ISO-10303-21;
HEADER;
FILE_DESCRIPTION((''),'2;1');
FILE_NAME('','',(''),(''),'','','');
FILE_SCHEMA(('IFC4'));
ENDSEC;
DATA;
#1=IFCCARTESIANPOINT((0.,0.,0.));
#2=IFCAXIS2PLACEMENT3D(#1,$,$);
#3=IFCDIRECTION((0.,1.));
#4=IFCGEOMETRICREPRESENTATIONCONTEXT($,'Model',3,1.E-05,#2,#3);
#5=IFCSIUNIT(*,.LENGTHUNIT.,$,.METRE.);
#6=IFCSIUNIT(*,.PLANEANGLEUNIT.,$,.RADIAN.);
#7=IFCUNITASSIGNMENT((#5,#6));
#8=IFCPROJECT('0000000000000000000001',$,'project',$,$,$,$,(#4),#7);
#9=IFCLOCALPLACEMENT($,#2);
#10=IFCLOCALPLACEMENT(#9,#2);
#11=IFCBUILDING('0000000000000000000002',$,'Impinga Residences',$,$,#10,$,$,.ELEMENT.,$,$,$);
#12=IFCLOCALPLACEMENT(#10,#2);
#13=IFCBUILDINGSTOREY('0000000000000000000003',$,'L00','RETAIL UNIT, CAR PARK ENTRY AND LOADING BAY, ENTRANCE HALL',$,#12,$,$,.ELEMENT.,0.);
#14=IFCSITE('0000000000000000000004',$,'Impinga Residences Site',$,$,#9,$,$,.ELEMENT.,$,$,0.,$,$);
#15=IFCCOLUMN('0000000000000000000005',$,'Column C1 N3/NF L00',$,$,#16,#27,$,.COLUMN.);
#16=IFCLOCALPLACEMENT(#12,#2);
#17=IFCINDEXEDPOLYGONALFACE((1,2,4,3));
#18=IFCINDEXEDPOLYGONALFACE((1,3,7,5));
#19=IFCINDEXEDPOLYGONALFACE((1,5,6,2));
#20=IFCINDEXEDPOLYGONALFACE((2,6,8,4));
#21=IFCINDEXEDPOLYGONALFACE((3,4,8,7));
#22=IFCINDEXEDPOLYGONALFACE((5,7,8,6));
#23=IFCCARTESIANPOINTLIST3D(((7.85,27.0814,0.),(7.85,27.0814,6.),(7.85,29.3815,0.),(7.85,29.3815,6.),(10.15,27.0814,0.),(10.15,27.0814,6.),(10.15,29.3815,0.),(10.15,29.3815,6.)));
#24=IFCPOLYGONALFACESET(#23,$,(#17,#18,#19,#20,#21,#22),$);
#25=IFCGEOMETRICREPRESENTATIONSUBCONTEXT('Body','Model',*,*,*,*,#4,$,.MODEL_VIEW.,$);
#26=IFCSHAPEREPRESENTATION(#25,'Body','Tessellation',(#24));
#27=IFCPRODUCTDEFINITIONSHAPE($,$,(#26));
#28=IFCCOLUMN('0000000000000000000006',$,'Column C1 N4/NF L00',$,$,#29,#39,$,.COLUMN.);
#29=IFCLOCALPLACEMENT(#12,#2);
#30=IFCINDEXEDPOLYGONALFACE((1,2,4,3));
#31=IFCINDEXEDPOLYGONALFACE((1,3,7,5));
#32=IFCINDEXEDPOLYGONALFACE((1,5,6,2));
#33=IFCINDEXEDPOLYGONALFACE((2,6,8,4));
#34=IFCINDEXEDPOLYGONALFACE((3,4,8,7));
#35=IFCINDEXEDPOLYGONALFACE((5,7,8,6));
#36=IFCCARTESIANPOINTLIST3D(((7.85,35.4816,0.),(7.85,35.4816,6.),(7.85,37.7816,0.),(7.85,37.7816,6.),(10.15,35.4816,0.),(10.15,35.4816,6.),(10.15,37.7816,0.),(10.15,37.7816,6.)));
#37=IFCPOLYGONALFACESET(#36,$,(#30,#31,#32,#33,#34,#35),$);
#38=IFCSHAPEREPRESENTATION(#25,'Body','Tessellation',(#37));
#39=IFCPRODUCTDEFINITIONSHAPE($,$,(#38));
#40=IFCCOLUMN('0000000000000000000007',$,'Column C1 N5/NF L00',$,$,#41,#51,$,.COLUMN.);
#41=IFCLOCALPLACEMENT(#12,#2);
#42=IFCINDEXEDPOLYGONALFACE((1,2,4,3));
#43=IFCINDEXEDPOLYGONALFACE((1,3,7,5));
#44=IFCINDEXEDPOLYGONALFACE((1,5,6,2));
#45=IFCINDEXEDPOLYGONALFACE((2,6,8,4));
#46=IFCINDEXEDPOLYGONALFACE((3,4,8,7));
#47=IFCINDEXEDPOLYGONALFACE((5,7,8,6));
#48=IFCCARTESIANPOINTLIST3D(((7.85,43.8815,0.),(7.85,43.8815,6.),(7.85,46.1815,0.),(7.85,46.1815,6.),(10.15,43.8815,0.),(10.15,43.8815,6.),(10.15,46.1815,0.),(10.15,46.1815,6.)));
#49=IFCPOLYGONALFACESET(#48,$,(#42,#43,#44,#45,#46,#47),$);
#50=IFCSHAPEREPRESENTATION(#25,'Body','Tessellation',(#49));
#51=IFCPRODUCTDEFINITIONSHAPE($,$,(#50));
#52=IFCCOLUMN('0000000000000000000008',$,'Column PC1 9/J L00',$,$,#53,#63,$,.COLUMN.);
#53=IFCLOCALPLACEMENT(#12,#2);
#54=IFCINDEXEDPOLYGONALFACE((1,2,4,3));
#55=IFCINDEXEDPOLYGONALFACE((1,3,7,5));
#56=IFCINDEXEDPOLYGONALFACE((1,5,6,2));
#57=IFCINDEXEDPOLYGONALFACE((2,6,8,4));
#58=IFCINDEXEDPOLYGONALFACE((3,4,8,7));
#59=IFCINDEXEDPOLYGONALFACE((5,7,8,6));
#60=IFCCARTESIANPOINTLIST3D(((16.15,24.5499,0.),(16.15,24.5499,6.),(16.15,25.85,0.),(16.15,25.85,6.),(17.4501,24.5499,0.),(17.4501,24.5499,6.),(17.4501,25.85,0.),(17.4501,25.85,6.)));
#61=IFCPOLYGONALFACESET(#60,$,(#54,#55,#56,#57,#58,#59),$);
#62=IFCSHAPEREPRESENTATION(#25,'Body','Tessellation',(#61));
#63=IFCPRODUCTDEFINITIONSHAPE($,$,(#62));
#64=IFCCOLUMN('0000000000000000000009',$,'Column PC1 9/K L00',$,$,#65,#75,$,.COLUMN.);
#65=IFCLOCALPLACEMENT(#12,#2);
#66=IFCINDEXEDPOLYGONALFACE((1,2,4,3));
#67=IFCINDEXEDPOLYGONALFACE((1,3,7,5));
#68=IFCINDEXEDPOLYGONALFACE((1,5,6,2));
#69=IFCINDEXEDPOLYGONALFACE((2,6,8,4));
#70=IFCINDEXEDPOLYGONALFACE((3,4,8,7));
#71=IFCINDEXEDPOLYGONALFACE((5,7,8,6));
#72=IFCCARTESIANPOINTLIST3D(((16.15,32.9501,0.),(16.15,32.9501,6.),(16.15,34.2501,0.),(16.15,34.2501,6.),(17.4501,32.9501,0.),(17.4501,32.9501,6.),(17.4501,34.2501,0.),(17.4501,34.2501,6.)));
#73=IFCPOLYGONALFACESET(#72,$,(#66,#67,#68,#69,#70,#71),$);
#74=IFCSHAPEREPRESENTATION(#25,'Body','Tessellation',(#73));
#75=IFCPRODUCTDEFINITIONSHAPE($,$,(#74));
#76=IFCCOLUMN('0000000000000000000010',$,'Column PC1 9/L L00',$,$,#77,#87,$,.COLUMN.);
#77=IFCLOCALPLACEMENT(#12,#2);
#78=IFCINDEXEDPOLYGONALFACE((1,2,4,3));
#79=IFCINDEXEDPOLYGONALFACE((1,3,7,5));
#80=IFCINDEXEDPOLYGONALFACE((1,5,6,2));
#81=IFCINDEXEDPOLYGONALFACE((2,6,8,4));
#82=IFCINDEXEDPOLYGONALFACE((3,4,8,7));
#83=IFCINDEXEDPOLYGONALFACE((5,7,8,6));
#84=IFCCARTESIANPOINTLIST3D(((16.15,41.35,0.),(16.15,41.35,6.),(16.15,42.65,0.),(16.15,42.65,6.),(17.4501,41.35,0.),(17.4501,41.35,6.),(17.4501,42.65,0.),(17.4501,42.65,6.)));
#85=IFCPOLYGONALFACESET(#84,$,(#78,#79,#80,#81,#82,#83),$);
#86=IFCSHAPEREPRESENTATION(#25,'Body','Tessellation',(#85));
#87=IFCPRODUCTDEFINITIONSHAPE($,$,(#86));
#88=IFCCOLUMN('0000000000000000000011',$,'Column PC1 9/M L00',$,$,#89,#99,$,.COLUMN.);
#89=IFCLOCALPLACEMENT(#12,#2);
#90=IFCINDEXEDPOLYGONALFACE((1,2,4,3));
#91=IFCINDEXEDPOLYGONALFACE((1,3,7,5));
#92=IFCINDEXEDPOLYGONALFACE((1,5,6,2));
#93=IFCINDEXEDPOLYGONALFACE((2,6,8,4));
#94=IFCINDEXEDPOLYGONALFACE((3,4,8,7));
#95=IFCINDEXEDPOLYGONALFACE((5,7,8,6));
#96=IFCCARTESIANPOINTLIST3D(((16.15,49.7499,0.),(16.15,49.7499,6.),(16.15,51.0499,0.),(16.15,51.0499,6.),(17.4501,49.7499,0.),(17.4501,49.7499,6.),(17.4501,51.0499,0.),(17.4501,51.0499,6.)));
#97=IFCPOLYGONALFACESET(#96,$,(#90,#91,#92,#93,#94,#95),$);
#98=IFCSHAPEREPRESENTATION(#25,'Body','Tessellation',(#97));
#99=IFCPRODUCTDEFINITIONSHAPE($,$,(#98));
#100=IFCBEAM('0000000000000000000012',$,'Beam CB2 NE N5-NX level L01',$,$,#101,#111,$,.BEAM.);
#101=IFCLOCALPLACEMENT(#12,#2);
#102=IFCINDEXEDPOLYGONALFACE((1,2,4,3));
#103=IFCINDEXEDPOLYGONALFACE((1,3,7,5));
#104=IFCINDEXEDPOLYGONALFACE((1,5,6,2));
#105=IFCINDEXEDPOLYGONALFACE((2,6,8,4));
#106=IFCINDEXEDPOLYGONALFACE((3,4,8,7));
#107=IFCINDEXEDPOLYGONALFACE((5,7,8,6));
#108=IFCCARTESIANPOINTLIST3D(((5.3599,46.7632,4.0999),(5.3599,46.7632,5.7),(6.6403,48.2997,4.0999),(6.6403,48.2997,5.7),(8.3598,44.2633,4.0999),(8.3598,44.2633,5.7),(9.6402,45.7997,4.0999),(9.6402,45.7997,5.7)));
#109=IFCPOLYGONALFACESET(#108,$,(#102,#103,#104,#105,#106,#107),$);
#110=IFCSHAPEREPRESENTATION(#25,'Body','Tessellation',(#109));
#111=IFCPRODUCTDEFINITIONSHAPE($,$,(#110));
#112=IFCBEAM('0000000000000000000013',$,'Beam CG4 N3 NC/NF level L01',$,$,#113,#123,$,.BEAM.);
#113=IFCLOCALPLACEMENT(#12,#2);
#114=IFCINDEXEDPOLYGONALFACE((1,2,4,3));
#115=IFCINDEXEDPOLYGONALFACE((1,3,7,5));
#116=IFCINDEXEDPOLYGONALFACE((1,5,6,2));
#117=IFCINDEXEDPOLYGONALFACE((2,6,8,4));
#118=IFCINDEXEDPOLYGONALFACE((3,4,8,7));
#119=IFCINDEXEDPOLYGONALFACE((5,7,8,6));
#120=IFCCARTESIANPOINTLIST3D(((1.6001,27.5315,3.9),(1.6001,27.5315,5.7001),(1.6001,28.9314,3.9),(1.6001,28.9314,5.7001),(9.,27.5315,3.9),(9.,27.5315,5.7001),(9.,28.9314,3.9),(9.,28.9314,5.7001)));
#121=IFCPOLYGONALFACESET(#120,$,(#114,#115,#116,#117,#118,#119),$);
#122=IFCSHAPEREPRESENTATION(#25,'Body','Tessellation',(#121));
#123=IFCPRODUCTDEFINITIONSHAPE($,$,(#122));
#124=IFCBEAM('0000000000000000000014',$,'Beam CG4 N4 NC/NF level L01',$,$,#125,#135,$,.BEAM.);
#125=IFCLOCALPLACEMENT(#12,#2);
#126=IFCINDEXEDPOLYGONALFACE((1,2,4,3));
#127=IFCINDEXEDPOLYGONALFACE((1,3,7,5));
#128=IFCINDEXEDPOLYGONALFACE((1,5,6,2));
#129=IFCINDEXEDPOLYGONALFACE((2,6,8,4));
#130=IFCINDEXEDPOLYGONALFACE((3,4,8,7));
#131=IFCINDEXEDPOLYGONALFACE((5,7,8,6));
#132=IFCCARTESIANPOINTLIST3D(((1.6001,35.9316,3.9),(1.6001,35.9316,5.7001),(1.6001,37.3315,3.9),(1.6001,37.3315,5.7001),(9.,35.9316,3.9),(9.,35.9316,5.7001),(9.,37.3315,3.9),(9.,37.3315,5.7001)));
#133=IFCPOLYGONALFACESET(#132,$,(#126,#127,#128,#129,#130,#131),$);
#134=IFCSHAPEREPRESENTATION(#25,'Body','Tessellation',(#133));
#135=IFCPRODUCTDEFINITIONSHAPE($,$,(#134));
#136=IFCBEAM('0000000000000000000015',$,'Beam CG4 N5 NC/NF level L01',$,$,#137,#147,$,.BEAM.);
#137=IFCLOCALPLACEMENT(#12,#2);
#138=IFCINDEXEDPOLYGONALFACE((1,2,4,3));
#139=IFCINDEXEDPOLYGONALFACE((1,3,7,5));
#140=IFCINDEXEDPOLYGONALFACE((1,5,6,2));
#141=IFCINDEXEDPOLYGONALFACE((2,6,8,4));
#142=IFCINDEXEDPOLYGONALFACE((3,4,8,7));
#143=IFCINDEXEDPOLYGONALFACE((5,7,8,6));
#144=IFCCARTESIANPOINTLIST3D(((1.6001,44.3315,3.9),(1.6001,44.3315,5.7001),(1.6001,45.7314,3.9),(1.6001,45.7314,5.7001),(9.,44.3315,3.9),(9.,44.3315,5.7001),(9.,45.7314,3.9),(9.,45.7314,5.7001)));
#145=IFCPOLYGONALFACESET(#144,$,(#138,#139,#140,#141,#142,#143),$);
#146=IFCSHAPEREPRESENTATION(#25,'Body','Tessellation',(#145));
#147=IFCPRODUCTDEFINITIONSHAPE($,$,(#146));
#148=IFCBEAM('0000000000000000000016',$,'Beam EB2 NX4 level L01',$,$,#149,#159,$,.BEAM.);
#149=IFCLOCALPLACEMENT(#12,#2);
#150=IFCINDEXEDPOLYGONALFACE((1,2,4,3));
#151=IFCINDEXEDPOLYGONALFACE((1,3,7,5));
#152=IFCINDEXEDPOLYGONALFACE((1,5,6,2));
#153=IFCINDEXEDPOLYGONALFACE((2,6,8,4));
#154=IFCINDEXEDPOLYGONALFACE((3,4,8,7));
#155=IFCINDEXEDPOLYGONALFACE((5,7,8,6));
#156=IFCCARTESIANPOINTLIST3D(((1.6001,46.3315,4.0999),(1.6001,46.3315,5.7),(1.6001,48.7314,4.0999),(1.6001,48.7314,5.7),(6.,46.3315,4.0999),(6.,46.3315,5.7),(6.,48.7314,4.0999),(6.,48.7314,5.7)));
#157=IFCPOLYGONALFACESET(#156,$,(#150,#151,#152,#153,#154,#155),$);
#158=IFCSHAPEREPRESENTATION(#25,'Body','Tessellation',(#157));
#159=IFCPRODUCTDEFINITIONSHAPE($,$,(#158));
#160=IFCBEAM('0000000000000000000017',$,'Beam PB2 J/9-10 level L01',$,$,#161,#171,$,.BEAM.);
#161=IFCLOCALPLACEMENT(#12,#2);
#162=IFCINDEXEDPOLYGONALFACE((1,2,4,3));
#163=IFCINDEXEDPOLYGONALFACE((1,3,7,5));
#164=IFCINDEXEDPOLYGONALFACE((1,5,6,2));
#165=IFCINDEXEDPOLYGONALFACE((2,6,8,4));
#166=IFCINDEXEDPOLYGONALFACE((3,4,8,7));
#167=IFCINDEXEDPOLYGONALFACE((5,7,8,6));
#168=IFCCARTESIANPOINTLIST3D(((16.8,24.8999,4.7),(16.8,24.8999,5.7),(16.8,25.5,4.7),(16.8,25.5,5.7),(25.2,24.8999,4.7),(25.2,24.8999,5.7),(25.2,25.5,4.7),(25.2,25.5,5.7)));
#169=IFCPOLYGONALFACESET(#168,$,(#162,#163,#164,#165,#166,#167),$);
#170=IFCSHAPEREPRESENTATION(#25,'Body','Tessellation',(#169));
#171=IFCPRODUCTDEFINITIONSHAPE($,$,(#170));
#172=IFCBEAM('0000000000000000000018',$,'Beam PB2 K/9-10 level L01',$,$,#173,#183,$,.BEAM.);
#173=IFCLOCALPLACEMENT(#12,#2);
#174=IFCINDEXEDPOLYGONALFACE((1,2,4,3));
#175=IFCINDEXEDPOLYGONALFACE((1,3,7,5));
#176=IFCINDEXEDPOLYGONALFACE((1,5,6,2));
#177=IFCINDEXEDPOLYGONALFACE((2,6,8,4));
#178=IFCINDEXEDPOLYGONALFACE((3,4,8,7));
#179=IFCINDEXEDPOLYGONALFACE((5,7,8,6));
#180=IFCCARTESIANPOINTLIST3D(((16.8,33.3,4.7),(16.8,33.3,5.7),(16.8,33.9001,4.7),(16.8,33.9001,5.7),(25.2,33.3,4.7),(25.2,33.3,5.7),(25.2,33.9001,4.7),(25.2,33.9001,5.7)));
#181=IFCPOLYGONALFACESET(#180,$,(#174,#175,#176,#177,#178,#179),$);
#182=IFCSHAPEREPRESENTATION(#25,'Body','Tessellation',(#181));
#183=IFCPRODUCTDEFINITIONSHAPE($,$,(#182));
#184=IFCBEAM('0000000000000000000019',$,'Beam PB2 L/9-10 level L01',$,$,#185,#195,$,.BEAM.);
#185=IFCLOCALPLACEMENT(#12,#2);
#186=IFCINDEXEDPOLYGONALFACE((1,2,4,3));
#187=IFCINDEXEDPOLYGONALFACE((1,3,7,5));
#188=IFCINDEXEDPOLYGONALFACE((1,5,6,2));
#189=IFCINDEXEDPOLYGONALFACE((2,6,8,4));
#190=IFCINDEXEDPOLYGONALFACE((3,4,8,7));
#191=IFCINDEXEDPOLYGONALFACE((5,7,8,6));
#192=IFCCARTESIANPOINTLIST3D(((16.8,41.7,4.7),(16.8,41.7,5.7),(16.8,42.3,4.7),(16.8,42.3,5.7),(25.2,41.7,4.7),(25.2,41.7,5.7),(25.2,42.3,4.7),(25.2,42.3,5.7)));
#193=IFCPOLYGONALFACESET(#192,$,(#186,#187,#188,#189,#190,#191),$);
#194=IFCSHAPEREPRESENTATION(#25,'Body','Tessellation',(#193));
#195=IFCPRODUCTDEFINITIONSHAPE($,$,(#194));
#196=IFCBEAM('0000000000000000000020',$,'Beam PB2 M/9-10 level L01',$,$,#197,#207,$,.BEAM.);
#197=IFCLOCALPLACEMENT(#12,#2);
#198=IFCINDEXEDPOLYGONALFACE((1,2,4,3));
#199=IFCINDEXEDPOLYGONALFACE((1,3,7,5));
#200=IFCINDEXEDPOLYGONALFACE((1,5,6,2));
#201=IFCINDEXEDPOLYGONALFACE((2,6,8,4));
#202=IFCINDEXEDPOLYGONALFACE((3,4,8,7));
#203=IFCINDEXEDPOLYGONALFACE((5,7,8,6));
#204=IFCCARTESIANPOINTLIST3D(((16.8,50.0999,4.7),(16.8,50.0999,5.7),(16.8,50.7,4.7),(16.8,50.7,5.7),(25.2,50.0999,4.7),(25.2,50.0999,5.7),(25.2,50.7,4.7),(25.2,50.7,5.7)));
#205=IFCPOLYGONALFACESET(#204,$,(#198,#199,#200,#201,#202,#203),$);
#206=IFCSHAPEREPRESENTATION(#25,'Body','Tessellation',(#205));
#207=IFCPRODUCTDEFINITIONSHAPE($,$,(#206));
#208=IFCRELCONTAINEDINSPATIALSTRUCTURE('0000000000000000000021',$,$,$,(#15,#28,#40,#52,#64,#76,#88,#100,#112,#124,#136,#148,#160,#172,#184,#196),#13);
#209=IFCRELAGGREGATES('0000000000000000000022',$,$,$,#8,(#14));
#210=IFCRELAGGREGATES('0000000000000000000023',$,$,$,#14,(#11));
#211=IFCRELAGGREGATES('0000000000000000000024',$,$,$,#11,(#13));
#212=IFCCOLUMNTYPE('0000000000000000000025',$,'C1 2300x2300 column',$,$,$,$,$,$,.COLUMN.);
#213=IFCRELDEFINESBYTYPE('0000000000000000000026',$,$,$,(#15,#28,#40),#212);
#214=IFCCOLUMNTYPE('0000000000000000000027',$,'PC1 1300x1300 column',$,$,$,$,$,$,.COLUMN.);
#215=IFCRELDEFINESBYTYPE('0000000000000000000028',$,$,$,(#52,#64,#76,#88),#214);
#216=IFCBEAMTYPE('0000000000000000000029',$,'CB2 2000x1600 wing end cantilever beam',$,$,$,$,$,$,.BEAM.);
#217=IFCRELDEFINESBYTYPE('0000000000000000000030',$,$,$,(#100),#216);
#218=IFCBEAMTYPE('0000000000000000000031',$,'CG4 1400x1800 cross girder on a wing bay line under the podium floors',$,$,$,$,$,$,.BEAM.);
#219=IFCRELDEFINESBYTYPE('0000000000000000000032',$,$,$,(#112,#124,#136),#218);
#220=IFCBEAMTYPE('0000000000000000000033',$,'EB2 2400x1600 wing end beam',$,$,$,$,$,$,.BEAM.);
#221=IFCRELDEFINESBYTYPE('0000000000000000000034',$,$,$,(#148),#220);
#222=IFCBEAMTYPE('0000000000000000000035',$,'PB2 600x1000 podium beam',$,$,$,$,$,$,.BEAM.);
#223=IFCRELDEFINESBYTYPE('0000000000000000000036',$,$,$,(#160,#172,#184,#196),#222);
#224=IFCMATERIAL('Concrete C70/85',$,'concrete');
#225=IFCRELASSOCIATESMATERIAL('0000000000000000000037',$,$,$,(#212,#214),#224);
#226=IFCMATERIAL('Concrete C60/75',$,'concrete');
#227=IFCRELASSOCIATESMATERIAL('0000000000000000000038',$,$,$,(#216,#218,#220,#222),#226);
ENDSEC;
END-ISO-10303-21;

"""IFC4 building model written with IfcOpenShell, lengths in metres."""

from ifc_helpers import new_model, si_unit, direction, frame, origin, origin_2d, place, context, subcontext, project, spatial, rectangle, extrude, material, material_profile, profile_set, type_object, element, save


model = new_model("IFC4")

# Units and contexts
model_context = context("Model", 3, precision=1e-05, world=origin(), true_north=direction((0.0, 1.0)))
body_context = subcontext(model_context, "Body", "Model", "MODEL_VIEW")
ifc_project = project(units=[si_unit("LENGTHUNIT", "METRE"), si_unit("PLANEANGLEUNIT", "RADIAN")], contexts=[model_context])

# Site, building, storey
site_placement = place(None, origin())
site = spatial("IfcSite", under=ifc_project, at=site_placement, Name="Impinga Residences Site", CompositionType="ELEMENT", RefElevation=0.0)
building_placement = place(site_placement, origin())
building = spatial("IfcBuilding", under=site, at=building_placement, Name="Impinga Residences", CompositionType="ELEMENT")
storey_placement = place(building_placement, origin())
storey = spatial("IfcBuildingStorey", under=building, at=storey_placement, Name="L00", Description="RETAIL UNIT, CAR PARK ENTRY AND LOADING BAY, ENTRANCE HALL", CompositionType="ELEMENT", Elevation=0.0)

# Columns
ifc_material_1 = material(Name="Concrete C70/85", Category="concrete")
ifc_material_profile_1 = material_profile(ifc_material_1, rectangle(XDim=2.3, YDim=2.3, at=origin_2d()), Name="RC 2300x2300")
ifc_profile_set_1 = profile_set([ifc_material_profile_1], Name="Concrete C70/85")
column_type_1 = type_object("IfcColumnType", Name="C1 2300x2300 column", PredefinedType="COLUMN", material=ifc_profile_set_1)
for number, where, z_axis, x_axis, name in (
    (1, (9.0, 28.2314, 0.0), (0.0, 0.0, 1.0), (1.0, 0.0, 0.0), "Column C1 N3/NF L00"),
    (2, (9.0, 36.6316, 0.0), (0.0, 0.0, 1.0), (1.0, 0.0, 0.0), "Column C1 N4/NF L00"),
    (3, (9.0, 45.0315, 0.0), (0.0, 0.0, 1.0), (1.0, 0.0, 0.0), "Column C1 N5/NF L00"),
):
    element("IfcColumn", number, at=place(storey_placement, frame(where, z_axis=z_axis, x_axis=x_axis)), inside=storey, type_object=column_type_1, Name=name, PredefinedType="COLUMN", context=body_context, shape_type="SweptSolid", body=[
        extrude(rectangle(XDim=2.3, YDim=2.3, at=origin_2d()), origin(), (0.0, 0.0, 1.0), 6.0),
    ])
ifc_material_profile_2 = material_profile(ifc_material_1, rectangle(XDim=1.3, YDim=1.3, at=origin_2d()), Name="RC 1300x1300")
ifc_profile_set_2 = profile_set([ifc_material_profile_2], Name="Concrete C70/85")
column_type_2 = type_object("IfcColumnType", Name="PC1 1300x1300 column", PredefinedType="COLUMN", material=ifc_profile_set_2)
for number, where, z_axis, x_axis, name in (
    (4, (16.8, 25.2, 0.0), (0.0, 0.0, 1.0), (1.0, 0.0, 0.0), "Column PC1 9/J L00"),
    (5, (16.8, 33.6001, 0.0), (0.0, 0.0, 1.0), (1.0, 0.0, 0.0), "Column PC1 9/K L00"),
    (6, (16.8, 42.0, 0.0), (0.0, 0.0, 1.0), (1.0, 0.0, 0.0), "Column PC1 9/L L00"),
    (7, (16.8, 50.3999, 0.0), (0.0, 0.0, 1.0), (1.0, 0.0, 0.0), "Column PC1 9/M L00"),
):
    element("IfcColumn", number, at=place(storey_placement, frame(where, z_axis=z_axis, x_axis=x_axis)), inside=storey, type_object=column_type_2, Name=name, PredefinedType="COLUMN", context=body_context, shape_type="SweptSolid", body=[
        extrude(rectangle(XDim=1.3, YDim=1.3, at=origin_2d()), origin(), (0.0, 0.0, 1.0), 6.0),
    ])

# Beams
ifc_material_2 = material(Name="Concrete C60/75", Category="concrete")
ifc_material_profile_3 = material_profile(ifc_material_2, rectangle(XDim=2.0, YDim=1.6001, at=origin_2d()), Name="RC 2000x1600")
ifc_profile_set_3 = profile_set([ifc_material_profile_3], Name="Concrete C60/75")
beam_type_1 = type_object("IfcBeamType", Name="CB2 2000x1600 wing end cantilever beam", PredefinedType="BEAM", material=ifc_profile_set_3)
beam_1_placement = place(storey_placement, frame((9.0, 45.0315, 4.8999), z_axis=(-0.768221, 0.640184, 0.0), x_axis=(-0.640184, -0.768221, 0.0)))
element("IfcBeam", 8, at=beam_1_placement, inside=storey, type_object=beam_type_1, Name="Beam CB2 NE N5-NX level L01", PredefinedType="BEAM", context=body_context, shape_type="SweptSolid", body=[
    extrude(rectangle(XDim=2.0, YDim=1.6001, at=origin_2d()), origin(), (0.0, 0.0, 1.0), 3.905),
])
ifc_material_profile_4 = material_profile(ifc_material_2, rectangle(XDim=1.3999, YDim=1.8, at=origin_2d()), Name="RC 1400x1800")
ifc_profile_set_4 = profile_set([ifc_material_profile_4], Name="Concrete C60/75")
beam_type_2 = type_object("IfcBeamType", Name="CG4 1400x1800 cross girder on a wing bay line under the podium floors", PredefinedType="BEAM", material=ifc_profile_set_4)
for number, where, z_axis, x_axis, name in (
    (9, (1.6001, 28.2314, 4.8), (1.0, 0.0, 0.0), (0.0, 1.0, 0.0), "Beam CG4 N3 NC/NF level L01"),
    (10, (1.6001, 36.6316, 4.8), (1.0, 0.0, 0.0), (0.0, 1.0, 0.0), "Beam CG4 N4 NC/NF level L01"),
    (11, (1.6001, 45.0315, 4.8), (1.0, 0.0, 0.0), (0.0, 1.0, 0.0), "Beam CG4 N5 NC/NF level L01"),
):
    element("IfcBeam", number, at=place(storey_placement, frame(where, z_axis=z_axis, x_axis=x_axis)), inside=storey, type_object=beam_type_2, Name=name, PredefinedType="BEAM", context=body_context, shape_type="SweptSolid", body=[
        extrude(rectangle(XDim=1.3999, YDim=1.8, at=origin_2d()), origin(), (0.0, 0.0, 1.0), 7.3999),
    ])
ifc_material_profile_5 = material_profile(ifc_material_2, rectangle(XDim=2.3999, YDim=1.6001, at=origin_2d()), Name="RC 2400x1600")
ifc_profile_set_5 = profile_set([ifc_material_profile_5], Name="Concrete C60/75")
beam_type_3 = type_object("IfcBeamType", Name="EB2 2400x1600 wing end beam", PredefinedType="BEAM", material=ifc_profile_set_5)
beam_2_placement = place(storey_placement, frame((1.6001, 47.5315, 4.8999), z_axis=(1.0, 0.0, 0.0), x_axis=(0.0, 1.0, 0.0)))
element("IfcBeam", 12, at=beam_2_placement, inside=storey, type_object=beam_type_3, Name="Beam EB2 NX4 level L01", PredefinedType="BEAM", context=body_context, shape_type="SweptSolid", body=[
    extrude(rectangle(XDim=2.3999, YDim=1.6001, at=origin_2d()), origin(), (0.0, 0.0, 1.0), 4.3999),
])
ifc_material_profile_6 = material_profile(ifc_material_2, rectangle(XDim=0.6001, YDim=1.0, at=origin_2d()), Name="RC 600x1000")
ifc_profile_set_6 = profile_set([ifc_material_profile_6], Name="Concrete C60/75")
beam_type_4 = type_object("IfcBeamType", Name="PB2 600x1000 podium beam", PredefinedType="BEAM", material=ifc_profile_set_6)
for number, where, z_axis, x_axis, name in (
    (13, (16.8, 25.2, 5.2), (1.0, 0.0, 0.0), (0.0, 1.0, 0.0), "Beam PB2 J/9-10 level L01"),
    (14, (16.8, 33.6001, 5.2), (1.0, 0.0, 0.0), (0.0, 1.0, 0.0), "Beam PB2 K/9-10 level L01"),
    (15, (16.8, 42.0, 5.2), (1.0, 0.0, 0.0), (0.0, 1.0, 0.0), "Beam PB2 L/9-10 level L01"),
    (16, (16.8, 50.3999, 5.2), (1.0, 0.0, 0.0), (0.0, 1.0, 0.0), "Beam PB2 M/9-10 level L01"),
):
    element("IfcBeam", number, at=place(storey_placement, frame(where, z_axis=z_axis, x_axis=x_axis)), inside=storey, type_object=beam_type_4, Name=name, PredefinedType="BEAM", context=body_context, shape_type="SweptSolid", body=[
        extrude(rectangle(XDim=0.6001, YDim=1.0, at=origin_2d()), origin(), (0.0, 0.0, 1.0), 8.3999),
    ])

save(model, "model.ifc")
